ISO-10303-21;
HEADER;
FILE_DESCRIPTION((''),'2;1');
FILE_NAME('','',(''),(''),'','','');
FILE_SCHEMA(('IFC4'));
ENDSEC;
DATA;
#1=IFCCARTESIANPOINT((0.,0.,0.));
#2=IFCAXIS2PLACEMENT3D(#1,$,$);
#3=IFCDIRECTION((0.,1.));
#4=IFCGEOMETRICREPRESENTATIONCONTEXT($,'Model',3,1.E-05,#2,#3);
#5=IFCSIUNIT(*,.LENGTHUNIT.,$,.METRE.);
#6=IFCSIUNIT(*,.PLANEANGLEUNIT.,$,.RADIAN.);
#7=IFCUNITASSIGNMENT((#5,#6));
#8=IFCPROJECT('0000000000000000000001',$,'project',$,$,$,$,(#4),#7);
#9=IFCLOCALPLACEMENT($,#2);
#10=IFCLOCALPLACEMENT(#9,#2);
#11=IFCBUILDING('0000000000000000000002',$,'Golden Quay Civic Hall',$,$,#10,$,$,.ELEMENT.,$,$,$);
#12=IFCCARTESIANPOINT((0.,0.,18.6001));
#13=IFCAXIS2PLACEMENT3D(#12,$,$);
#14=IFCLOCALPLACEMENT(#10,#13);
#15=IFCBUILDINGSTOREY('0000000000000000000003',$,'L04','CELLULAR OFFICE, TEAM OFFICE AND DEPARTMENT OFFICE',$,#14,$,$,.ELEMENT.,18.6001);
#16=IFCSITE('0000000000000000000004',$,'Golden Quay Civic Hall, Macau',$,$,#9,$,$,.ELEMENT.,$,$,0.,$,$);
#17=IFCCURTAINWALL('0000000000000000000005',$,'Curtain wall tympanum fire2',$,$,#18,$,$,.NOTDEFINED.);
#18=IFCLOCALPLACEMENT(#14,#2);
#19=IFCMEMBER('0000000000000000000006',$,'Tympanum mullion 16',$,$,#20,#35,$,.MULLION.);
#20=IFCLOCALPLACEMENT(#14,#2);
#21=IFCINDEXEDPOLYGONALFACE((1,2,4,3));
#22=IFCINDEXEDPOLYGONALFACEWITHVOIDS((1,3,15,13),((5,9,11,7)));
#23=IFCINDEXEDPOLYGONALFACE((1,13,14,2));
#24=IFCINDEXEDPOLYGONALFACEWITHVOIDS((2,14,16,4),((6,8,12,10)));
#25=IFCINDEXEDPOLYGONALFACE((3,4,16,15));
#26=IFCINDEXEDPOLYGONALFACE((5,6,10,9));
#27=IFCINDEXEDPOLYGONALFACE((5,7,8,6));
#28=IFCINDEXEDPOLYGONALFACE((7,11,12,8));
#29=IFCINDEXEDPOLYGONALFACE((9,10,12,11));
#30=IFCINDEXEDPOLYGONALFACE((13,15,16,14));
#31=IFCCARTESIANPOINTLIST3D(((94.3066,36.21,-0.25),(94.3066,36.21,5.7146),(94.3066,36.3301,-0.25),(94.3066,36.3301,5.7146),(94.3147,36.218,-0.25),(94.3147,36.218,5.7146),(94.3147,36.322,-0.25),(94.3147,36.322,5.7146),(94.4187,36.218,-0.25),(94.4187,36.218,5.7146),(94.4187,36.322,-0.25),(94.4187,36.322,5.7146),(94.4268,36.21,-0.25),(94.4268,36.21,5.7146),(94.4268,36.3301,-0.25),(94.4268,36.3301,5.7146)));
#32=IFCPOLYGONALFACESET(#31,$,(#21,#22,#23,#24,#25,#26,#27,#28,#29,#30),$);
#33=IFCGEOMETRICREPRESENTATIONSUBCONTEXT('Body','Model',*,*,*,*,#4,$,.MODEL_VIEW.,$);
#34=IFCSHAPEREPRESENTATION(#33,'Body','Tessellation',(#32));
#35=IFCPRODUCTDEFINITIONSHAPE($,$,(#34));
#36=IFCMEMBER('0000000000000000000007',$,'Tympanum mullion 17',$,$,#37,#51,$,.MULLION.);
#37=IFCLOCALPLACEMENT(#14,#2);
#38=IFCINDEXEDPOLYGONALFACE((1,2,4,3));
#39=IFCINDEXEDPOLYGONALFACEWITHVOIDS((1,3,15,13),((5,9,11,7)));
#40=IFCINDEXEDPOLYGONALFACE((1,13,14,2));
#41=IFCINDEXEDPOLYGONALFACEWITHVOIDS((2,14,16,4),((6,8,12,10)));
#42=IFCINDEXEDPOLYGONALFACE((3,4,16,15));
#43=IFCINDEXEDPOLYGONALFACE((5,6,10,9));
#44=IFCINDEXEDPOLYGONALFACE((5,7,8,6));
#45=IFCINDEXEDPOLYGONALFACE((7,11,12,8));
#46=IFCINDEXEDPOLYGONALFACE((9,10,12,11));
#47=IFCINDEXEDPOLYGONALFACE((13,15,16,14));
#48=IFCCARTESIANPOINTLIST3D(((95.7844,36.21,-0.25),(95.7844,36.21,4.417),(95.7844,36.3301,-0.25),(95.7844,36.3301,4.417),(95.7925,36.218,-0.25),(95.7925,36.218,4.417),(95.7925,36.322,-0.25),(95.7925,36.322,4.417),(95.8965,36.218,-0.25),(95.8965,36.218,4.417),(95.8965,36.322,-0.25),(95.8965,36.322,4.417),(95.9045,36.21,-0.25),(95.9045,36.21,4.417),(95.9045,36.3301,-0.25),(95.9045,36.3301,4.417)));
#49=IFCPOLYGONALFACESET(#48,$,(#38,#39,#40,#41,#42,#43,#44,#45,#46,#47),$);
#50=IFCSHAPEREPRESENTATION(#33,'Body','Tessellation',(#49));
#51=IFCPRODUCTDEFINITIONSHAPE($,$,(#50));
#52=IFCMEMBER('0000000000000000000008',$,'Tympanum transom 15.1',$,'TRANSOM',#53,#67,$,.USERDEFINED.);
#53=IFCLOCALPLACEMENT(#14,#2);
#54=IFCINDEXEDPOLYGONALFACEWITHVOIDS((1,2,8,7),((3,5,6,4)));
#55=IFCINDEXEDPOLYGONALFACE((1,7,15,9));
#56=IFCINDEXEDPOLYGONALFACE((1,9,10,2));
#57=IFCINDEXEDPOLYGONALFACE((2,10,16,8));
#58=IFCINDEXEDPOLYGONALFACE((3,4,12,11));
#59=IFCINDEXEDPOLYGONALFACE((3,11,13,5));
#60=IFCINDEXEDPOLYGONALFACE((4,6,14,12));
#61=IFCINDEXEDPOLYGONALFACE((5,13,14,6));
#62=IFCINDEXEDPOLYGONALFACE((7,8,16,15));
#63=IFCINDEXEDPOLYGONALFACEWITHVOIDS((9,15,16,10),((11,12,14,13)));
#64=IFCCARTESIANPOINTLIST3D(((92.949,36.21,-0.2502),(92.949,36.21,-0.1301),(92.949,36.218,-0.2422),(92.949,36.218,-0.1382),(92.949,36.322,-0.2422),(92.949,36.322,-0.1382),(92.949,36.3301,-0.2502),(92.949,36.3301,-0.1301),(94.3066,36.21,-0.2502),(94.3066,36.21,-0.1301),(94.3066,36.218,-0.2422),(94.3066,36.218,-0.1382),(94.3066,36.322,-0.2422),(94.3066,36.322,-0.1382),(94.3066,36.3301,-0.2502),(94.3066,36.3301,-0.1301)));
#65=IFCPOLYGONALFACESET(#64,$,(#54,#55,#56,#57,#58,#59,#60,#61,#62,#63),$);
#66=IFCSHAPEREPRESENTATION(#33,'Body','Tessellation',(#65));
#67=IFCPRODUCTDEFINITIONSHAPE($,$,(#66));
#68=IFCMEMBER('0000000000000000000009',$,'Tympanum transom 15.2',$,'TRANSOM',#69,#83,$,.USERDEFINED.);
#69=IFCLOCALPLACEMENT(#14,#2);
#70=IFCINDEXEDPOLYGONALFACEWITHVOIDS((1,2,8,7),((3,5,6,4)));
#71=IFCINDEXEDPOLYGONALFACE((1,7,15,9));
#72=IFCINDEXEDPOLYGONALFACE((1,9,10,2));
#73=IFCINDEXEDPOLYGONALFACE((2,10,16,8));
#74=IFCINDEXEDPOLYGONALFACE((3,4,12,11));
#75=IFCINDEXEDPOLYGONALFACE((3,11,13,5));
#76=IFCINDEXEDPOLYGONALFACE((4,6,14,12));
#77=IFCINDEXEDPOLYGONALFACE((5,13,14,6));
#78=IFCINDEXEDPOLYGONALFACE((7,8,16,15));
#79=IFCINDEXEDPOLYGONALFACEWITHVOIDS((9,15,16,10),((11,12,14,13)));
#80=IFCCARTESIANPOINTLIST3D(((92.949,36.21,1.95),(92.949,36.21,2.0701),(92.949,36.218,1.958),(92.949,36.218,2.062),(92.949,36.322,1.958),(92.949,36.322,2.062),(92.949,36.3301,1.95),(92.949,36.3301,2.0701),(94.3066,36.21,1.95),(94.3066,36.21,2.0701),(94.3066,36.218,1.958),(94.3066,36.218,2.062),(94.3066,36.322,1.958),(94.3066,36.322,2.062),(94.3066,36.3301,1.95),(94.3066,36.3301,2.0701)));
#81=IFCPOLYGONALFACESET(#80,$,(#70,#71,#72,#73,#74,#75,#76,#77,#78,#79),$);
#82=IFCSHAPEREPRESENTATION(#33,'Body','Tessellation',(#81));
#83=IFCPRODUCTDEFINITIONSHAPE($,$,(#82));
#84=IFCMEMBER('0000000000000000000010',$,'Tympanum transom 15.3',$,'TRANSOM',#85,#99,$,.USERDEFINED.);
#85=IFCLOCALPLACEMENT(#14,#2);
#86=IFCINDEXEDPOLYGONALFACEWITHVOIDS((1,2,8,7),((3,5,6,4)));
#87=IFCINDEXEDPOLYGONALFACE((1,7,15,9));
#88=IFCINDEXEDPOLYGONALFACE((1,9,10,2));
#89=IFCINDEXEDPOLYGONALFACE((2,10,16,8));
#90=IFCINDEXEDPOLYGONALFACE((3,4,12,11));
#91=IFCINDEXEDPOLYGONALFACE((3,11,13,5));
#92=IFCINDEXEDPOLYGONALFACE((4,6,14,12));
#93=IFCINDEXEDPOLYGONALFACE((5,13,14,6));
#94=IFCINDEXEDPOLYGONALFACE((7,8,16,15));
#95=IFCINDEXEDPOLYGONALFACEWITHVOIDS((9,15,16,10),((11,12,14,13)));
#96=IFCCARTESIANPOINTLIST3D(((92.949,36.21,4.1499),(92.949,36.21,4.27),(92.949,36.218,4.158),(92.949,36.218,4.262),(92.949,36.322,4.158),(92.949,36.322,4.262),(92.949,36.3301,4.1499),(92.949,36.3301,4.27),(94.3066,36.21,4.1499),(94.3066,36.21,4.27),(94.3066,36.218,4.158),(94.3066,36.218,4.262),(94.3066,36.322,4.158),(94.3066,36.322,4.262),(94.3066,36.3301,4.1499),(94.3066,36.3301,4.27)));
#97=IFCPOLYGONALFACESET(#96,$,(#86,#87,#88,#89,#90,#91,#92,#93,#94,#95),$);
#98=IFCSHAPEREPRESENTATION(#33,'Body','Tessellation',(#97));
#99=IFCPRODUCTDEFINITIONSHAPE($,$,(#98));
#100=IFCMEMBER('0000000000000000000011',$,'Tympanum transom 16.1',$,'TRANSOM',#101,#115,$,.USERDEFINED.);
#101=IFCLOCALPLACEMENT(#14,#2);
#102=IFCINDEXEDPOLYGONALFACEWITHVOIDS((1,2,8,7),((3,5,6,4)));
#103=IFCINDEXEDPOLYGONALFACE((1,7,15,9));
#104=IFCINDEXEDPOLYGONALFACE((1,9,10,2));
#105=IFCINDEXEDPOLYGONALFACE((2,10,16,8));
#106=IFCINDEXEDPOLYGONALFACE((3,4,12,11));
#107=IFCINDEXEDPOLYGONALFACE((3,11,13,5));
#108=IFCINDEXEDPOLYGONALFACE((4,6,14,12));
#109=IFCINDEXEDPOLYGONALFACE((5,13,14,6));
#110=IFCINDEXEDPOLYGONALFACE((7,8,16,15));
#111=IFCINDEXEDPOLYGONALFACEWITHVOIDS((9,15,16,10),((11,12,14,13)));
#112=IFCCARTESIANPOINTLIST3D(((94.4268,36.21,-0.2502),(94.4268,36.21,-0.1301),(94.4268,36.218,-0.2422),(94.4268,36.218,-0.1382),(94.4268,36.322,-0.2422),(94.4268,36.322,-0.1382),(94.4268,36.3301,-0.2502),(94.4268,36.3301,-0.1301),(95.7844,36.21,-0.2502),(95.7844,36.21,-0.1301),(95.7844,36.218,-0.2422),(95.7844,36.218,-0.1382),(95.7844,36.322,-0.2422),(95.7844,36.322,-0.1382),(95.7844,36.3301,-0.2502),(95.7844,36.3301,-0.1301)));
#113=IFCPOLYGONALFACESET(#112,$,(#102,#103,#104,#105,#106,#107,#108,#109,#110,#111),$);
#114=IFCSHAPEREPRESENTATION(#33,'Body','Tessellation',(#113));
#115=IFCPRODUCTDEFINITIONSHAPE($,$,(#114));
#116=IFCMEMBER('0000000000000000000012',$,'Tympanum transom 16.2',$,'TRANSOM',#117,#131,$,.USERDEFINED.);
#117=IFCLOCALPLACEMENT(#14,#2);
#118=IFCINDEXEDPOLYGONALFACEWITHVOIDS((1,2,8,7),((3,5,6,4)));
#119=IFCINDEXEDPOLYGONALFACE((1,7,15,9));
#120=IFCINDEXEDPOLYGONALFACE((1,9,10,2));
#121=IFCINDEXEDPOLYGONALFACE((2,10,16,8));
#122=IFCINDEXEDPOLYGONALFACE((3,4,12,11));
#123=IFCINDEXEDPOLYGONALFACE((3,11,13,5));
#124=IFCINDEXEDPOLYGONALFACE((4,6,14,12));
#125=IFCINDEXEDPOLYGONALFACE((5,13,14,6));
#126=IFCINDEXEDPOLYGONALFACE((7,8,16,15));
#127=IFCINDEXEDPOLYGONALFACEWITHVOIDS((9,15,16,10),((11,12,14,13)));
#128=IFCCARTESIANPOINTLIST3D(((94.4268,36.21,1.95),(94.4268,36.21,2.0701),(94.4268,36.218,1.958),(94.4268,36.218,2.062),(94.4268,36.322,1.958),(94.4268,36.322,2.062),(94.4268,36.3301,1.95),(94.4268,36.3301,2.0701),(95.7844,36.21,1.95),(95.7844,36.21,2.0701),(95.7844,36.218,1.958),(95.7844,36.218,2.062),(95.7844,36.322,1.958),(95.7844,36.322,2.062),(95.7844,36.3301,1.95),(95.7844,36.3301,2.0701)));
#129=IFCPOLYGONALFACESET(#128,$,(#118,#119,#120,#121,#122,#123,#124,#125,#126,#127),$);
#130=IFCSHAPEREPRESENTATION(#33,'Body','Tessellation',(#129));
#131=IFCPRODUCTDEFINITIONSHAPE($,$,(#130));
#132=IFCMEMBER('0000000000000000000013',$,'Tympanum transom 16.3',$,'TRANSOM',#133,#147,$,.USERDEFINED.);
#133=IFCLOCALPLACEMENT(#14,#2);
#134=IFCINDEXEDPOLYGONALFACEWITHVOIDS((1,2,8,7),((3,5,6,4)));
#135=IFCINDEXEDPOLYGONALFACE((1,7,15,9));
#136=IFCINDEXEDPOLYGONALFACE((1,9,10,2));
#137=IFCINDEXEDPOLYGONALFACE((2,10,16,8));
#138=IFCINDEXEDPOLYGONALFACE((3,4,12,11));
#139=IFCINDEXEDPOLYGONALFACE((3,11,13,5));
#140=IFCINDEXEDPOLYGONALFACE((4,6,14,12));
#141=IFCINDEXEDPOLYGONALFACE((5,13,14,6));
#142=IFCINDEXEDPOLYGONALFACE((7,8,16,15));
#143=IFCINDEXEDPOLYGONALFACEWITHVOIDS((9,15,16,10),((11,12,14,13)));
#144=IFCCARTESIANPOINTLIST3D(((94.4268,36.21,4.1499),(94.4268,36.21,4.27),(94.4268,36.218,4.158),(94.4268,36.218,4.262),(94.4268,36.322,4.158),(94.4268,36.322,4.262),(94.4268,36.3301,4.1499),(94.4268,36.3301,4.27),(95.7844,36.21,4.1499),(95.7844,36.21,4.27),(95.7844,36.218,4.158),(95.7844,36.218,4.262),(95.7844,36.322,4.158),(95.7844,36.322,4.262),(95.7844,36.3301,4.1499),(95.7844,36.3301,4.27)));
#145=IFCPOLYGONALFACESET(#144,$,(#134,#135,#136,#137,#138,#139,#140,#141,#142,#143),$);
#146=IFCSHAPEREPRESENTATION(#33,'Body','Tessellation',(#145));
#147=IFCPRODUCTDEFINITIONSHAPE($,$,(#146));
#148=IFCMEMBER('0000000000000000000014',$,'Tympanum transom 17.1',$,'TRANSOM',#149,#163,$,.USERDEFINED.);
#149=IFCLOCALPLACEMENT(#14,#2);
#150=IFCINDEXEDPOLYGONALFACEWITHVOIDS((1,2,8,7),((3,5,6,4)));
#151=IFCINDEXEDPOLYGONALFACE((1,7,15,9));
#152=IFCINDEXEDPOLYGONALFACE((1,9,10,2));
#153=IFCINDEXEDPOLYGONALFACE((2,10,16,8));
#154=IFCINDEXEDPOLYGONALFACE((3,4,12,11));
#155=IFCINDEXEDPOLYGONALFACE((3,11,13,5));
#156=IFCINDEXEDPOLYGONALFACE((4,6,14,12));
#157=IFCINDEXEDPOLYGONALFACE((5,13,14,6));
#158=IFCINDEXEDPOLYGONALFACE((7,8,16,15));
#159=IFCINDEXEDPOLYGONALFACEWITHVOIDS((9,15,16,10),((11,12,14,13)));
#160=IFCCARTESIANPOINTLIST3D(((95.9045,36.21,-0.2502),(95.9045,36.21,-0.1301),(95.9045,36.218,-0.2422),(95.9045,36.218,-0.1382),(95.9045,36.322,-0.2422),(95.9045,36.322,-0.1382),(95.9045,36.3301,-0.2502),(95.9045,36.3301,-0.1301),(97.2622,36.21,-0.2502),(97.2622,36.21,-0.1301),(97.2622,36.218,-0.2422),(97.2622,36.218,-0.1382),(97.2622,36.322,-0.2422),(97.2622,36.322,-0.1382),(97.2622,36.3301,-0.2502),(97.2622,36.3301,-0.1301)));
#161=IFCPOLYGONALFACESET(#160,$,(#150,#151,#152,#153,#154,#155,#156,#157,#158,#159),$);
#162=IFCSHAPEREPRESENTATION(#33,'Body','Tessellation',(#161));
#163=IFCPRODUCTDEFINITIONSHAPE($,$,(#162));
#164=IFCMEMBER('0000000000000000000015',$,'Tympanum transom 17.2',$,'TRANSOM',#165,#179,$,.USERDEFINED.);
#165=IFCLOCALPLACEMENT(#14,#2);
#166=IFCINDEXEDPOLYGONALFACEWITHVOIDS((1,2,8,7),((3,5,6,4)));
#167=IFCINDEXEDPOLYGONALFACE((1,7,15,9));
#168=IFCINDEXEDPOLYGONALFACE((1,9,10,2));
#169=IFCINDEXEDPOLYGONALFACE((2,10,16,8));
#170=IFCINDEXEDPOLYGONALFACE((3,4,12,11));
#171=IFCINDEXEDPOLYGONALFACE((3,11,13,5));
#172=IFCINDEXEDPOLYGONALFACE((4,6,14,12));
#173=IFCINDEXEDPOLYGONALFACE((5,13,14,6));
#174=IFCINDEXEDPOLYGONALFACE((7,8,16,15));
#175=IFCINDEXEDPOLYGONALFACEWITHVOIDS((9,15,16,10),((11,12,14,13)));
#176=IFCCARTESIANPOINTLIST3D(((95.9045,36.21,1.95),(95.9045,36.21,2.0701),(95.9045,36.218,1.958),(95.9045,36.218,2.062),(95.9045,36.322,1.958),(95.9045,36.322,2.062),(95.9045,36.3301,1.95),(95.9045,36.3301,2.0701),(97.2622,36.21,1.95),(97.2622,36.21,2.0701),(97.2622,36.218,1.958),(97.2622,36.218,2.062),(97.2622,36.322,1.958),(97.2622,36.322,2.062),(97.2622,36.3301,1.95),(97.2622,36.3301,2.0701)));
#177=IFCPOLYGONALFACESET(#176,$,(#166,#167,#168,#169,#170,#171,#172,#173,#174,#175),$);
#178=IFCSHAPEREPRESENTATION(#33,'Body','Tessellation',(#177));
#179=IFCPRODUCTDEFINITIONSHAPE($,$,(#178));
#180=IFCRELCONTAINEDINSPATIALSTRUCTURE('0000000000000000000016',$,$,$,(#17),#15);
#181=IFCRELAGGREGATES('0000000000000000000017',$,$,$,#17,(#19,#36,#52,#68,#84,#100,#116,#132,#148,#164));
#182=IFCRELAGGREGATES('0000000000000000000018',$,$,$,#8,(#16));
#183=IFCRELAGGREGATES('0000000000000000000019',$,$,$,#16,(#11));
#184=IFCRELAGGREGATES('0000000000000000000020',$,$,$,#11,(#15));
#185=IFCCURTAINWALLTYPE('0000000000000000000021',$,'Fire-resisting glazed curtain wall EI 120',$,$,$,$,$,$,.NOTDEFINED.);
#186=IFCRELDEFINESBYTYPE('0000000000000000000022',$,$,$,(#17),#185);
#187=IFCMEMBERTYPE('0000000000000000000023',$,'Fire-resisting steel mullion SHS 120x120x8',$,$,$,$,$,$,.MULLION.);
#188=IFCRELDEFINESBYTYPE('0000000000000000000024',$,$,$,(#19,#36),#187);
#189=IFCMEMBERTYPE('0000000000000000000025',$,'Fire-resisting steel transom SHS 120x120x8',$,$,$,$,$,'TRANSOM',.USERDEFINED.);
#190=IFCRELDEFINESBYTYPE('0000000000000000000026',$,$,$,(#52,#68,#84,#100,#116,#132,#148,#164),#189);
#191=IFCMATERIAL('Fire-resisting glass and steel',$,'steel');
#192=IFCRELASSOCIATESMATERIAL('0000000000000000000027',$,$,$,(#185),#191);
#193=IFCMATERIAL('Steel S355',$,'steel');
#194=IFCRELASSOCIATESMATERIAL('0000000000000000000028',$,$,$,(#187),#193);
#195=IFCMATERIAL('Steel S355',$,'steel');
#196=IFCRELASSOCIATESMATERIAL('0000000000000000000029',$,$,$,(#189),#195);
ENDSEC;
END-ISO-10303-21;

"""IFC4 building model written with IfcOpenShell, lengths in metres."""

from ifc_helpers import new_model, si_unit, direction, frame, origin, origin_2d, place, context, subcontext, project, spatial, hollow_rectangle, extrude, material, material_profile, profile_set, type_object, element, aggregate, save


model = new_model("IFC4")

# Units and contexts
model_context = context("Model", 3, precision=1e-05, world=origin(), true_north=direction((0.0, 1.0)))
body_context = subcontext(model_context, "Body", "Model", "MODEL_VIEW")
ifc_project = project(units=[si_unit("LENGTHUNIT", "METRE"), si_unit("PLANEANGLEUNIT", "RADIAN")], contexts=[model_context])

# Site, building, storey
site_placement = place(None, origin())
site = spatial("IfcSite", under=ifc_project, at=site_placement, Name="Golden Quay Civic Hall, Macau", CompositionType="ELEMENT", RefElevation=0.0)
building_placement = place(site_placement, origin())
building = spatial("IfcBuilding", under=site, at=building_placement, Name="Golden Quay Civic Hall", CompositionType="ELEMENT")
storey_placement = place(building_placement, frame((0.0, 0.0, 18.6001)))
storey = spatial("IfcBuildingStorey", under=building, at=storey_placement, Name="L04", Description="CELLULAR OFFICE, TEAM OFFICE AND DEPARTMENT OFFICE", CompositionType="ELEMENT", Elevation=18.6001)

# Curtain wall, members
ifc_material_1 = material(Name="Fire-resisting glass and steel", Category="steel")
curtain_wall_type = type_object("IfcCurtainWallType", Name="Fire-resisting glazed curtain wall EI 120", PredefinedType="NOTDEFINED", material=ifc_material_1)
curtain_wall_placement = place(storey_placement, origin())
curtain_wall = element("IfcCurtainWall", 1, at=curtain_wall_placement, inside=storey, type_object=curtain_wall_type, Name="Curtain wall tympanum fire2", PredefinedType="NOTDEFINED")
ifc_material_2 = material(Name="Steel S355", Category="steel")
ifc_material_profile_1 = material_profile(ifc_material_2, hollow_rectangle(XDim=0.1201, YDim=0.1201, WallThickness=0.0081, at=origin_2d()), Name="SHS 120x120x8")
ifc_profile_set_1 = profile_set([ifc_material_profile_1], Name="Steel S355")
member_type_1 = type_object("IfcMemberType", Name="Fire-resisting steel mullion SHS 120x120x8", PredefinedType="MULLION", material=ifc_profile_set_1)
member_1_placement = place(storey_placement, frame((94.3667, 36.27, -0.25), z_axis=(0.0, 0.0, 1.0), x_axis=(0.0, 1.0, 0.0)))
member_1 = element("IfcMember", 2, at=member_1_placement, type_object=member_type_1, Name="Tympanum mullion 16", PredefinedType="MULLION", context=body_context, shape_type="SweptSolid", body=[
    extrude(hollow_rectangle(XDim=0.1201, YDim=0.1201, WallThickness=0.0081, at=origin_2d()), origin(), (0.0, 0.0, 1.0), 5.9646),
])
member_2_placement = place(storey_placement, frame((95.8445, 36.27, -0.25), z_axis=(0.0, 0.0, 1.0), x_axis=(0.0, 1.0, 0.0)))
member_2 = element("IfcMember", 3, at=member_2_placement, type_object=member_type_1, Name="Tympanum mullion 17", PredefinedType="MULLION", context=body_context, shape_type="SweptSolid", body=[
    extrude(hollow_rectangle(XDim=0.1201, YDim=0.1201, WallThickness=0.0081, at=origin_2d()), origin(), (0.0, 0.0, 1.0), 4.667),
])
ifc_material_3 = material(Name="Steel S355", Category="steel")
ifc_material_profile_2 = material_profile(ifc_material_3, hollow_rectangle(XDim=0.1201, YDim=0.1201, WallThickness=0.0081, at=origin_2d()), Name="SHS 120x120x8")
ifc_profile_set_2 = profile_set([ifc_material_profile_2], Name="Steel S355")
member_type_2 = type_object("IfcMemberType", Name="Fire-resisting steel transom SHS 120x120x8", ElementType="TRANSOM", PredefinedType="USERDEFINED", material=ifc_profile_set_2)
member_3_placement = place(storey_placement, frame((92.949, 36.27, -0.1902), z_axis=(1.0, 0.0, 0.0), x_axis=(0.0, 1.0, 0.0)))
member_3 = element("IfcMember", 4, at=member_3_placement, type_object=member_type_2, Name="Tympanum transom 15.1", ObjectType="TRANSOM", PredefinedType="USERDEFINED", context=body_context, shape_type="SweptSolid", body=[
    extrude(hollow_rectangle(XDim=0.1201, YDim=0.1201, WallThickness=0.0081, at=origin_2d()), origin(), (0.0, 0.0, 1.0), 1.3577),
])
member_4_placement = place(storey_placement, frame((92.949, 36.27, 2.01), z_axis=(1.0, 0.0, 0.0), x_axis=(0.0, 1.0, 0.0)))
member_4 = element("IfcMember", 5, at=member_4_placement, type_object=member_type_2, Name="Tympanum transom 15.2", ObjectType="TRANSOM", PredefinedType="USERDEFINED", context=body_context, shape_type="SweptSolid", body=[
    extrude(hollow_rectangle(XDim=0.1201, YDim=0.1201, WallThickness=0.0081, at=origin_2d()), origin(), (0.0, 0.0, 1.0), 1.3577),
])
member_5_placement = place(storey_placement, frame((92.949, 36.27, 4.21), z_axis=(1.0, 0.0, 0.0), x_axis=(0.0, 1.0, 0.0)))
member_5 = element("IfcMember", 6, at=member_5_placement, type_object=member_type_2, Name="Tympanum transom 15.3", ObjectType="TRANSOM", PredefinedType="USERDEFINED", context=body_context, shape_type="SweptSolid", body=[
    extrude(hollow_rectangle(XDim=0.1201, YDim=0.1201, WallThickness=0.0081, at=origin_2d()), origin(), (0.0, 0.0, 1.0), 1.3577),
])
member_6_placement = place(storey_placement, frame((94.4268, 36.27, -0.1902), z_axis=(1.0, 0.0, 0.0), x_axis=(0.0, 1.0, 0.0)))
member_6 = element("IfcMember", 7, at=member_6_placement, type_object=member_type_2, Name="Tympanum transom 16.1", ObjectType="TRANSOM", PredefinedType="USERDEFINED", context=body_context, shape_type="SweptSolid", body=[
    extrude(hollow_rectangle(XDim=0.1201, YDim=0.1201, WallThickness=0.0081, at=origin_2d()), origin(), (0.0, 0.0, 1.0), 1.3577),
])
member_7_placement = place(storey_placement, frame((94.4268, 36.27, 2.01), z_axis=(1.0, 0.0, 0.0), x_axis=(0.0, 1.0, 0.0)))
member_7 = element("IfcMember", 8, at=member_7_placement, type_object=member_type_2, Name="Tympanum transom 16.2", ObjectType="TRANSOM", PredefinedType="USERDEFINED", context=body_context, shape_type="SweptSolid", body=[
    extrude(hollow_rectangle(XDim=0.1201, YDim=0.1201, WallThickness=0.0081, at=origin_2d()), origin(), (0.0, 0.0, 1.0), 1.3577),
])
member_8_placement = place(storey_placement, frame((94.4268, 36.27, 4.21), z_axis=(1.0, 0.0, 0.0), x_axis=(0.0, 1.0, 0.0)))
member_8 = element("IfcMember", 9, at=member_8_placement, type_object=member_type_2, Name="Tympanum transom 16.3", ObjectType="TRANSOM", PredefinedType="USERDEFINED", context=body_context, shape_type="SweptSolid", body=[
    extrude(hollow_rectangle(XDim=0.1201, YDim=0.1201, WallThickness=0.0081, at=origin_2d()), origin(), (0.0, 0.0, 1.0), 1.3577),
])
member_9_placement = place(storey_placement, frame((95.9045, 36.27, -0.1902), z_axis=(1.0, 0.0, 0.0), x_axis=(0.0, 1.0, 0.0)))
member_9 = element("IfcMember", 10, at=member_9_placement, type_object=member_type_2, Name="Tympanum transom 17.1", ObjectType="TRANSOM", PredefinedType="USERDEFINED", context=body_context, shape_type="SweptSolid", body=[
    extrude(hollow_rectangle(XDim=0.1201, YDim=0.1201, WallThickness=0.0081, at=origin_2d()), origin(), (0.0, 0.0, 1.0), 1.3577),
])
member_10_placement = place(storey_placement, frame((95.9045, 36.27, 2.01), z_axis=(1.0, 0.0, 0.0), x_axis=(0.0, 1.0, 0.0)))
member_10 = element("IfcMember", 11, at=member_10_placement, type_object=member_type_2, Name="Tympanum transom 17.2", ObjectType="TRANSOM", PredefinedType="USERDEFINED", context=body_context, shape_type="SweptSolid", body=[
    extrude(hollow_rectangle(XDim=0.1201, YDim=0.1201, WallThickness=0.0081, at=origin_2d()), origin(), (0.0, 0.0, 1.0), 1.3577),
])

aggregate(curtain_wall, [member_1, member_2, member_3, member_4, member_5, member_6, member_7, member_8, member_9, member_10])

save(model, "model.ifc")
